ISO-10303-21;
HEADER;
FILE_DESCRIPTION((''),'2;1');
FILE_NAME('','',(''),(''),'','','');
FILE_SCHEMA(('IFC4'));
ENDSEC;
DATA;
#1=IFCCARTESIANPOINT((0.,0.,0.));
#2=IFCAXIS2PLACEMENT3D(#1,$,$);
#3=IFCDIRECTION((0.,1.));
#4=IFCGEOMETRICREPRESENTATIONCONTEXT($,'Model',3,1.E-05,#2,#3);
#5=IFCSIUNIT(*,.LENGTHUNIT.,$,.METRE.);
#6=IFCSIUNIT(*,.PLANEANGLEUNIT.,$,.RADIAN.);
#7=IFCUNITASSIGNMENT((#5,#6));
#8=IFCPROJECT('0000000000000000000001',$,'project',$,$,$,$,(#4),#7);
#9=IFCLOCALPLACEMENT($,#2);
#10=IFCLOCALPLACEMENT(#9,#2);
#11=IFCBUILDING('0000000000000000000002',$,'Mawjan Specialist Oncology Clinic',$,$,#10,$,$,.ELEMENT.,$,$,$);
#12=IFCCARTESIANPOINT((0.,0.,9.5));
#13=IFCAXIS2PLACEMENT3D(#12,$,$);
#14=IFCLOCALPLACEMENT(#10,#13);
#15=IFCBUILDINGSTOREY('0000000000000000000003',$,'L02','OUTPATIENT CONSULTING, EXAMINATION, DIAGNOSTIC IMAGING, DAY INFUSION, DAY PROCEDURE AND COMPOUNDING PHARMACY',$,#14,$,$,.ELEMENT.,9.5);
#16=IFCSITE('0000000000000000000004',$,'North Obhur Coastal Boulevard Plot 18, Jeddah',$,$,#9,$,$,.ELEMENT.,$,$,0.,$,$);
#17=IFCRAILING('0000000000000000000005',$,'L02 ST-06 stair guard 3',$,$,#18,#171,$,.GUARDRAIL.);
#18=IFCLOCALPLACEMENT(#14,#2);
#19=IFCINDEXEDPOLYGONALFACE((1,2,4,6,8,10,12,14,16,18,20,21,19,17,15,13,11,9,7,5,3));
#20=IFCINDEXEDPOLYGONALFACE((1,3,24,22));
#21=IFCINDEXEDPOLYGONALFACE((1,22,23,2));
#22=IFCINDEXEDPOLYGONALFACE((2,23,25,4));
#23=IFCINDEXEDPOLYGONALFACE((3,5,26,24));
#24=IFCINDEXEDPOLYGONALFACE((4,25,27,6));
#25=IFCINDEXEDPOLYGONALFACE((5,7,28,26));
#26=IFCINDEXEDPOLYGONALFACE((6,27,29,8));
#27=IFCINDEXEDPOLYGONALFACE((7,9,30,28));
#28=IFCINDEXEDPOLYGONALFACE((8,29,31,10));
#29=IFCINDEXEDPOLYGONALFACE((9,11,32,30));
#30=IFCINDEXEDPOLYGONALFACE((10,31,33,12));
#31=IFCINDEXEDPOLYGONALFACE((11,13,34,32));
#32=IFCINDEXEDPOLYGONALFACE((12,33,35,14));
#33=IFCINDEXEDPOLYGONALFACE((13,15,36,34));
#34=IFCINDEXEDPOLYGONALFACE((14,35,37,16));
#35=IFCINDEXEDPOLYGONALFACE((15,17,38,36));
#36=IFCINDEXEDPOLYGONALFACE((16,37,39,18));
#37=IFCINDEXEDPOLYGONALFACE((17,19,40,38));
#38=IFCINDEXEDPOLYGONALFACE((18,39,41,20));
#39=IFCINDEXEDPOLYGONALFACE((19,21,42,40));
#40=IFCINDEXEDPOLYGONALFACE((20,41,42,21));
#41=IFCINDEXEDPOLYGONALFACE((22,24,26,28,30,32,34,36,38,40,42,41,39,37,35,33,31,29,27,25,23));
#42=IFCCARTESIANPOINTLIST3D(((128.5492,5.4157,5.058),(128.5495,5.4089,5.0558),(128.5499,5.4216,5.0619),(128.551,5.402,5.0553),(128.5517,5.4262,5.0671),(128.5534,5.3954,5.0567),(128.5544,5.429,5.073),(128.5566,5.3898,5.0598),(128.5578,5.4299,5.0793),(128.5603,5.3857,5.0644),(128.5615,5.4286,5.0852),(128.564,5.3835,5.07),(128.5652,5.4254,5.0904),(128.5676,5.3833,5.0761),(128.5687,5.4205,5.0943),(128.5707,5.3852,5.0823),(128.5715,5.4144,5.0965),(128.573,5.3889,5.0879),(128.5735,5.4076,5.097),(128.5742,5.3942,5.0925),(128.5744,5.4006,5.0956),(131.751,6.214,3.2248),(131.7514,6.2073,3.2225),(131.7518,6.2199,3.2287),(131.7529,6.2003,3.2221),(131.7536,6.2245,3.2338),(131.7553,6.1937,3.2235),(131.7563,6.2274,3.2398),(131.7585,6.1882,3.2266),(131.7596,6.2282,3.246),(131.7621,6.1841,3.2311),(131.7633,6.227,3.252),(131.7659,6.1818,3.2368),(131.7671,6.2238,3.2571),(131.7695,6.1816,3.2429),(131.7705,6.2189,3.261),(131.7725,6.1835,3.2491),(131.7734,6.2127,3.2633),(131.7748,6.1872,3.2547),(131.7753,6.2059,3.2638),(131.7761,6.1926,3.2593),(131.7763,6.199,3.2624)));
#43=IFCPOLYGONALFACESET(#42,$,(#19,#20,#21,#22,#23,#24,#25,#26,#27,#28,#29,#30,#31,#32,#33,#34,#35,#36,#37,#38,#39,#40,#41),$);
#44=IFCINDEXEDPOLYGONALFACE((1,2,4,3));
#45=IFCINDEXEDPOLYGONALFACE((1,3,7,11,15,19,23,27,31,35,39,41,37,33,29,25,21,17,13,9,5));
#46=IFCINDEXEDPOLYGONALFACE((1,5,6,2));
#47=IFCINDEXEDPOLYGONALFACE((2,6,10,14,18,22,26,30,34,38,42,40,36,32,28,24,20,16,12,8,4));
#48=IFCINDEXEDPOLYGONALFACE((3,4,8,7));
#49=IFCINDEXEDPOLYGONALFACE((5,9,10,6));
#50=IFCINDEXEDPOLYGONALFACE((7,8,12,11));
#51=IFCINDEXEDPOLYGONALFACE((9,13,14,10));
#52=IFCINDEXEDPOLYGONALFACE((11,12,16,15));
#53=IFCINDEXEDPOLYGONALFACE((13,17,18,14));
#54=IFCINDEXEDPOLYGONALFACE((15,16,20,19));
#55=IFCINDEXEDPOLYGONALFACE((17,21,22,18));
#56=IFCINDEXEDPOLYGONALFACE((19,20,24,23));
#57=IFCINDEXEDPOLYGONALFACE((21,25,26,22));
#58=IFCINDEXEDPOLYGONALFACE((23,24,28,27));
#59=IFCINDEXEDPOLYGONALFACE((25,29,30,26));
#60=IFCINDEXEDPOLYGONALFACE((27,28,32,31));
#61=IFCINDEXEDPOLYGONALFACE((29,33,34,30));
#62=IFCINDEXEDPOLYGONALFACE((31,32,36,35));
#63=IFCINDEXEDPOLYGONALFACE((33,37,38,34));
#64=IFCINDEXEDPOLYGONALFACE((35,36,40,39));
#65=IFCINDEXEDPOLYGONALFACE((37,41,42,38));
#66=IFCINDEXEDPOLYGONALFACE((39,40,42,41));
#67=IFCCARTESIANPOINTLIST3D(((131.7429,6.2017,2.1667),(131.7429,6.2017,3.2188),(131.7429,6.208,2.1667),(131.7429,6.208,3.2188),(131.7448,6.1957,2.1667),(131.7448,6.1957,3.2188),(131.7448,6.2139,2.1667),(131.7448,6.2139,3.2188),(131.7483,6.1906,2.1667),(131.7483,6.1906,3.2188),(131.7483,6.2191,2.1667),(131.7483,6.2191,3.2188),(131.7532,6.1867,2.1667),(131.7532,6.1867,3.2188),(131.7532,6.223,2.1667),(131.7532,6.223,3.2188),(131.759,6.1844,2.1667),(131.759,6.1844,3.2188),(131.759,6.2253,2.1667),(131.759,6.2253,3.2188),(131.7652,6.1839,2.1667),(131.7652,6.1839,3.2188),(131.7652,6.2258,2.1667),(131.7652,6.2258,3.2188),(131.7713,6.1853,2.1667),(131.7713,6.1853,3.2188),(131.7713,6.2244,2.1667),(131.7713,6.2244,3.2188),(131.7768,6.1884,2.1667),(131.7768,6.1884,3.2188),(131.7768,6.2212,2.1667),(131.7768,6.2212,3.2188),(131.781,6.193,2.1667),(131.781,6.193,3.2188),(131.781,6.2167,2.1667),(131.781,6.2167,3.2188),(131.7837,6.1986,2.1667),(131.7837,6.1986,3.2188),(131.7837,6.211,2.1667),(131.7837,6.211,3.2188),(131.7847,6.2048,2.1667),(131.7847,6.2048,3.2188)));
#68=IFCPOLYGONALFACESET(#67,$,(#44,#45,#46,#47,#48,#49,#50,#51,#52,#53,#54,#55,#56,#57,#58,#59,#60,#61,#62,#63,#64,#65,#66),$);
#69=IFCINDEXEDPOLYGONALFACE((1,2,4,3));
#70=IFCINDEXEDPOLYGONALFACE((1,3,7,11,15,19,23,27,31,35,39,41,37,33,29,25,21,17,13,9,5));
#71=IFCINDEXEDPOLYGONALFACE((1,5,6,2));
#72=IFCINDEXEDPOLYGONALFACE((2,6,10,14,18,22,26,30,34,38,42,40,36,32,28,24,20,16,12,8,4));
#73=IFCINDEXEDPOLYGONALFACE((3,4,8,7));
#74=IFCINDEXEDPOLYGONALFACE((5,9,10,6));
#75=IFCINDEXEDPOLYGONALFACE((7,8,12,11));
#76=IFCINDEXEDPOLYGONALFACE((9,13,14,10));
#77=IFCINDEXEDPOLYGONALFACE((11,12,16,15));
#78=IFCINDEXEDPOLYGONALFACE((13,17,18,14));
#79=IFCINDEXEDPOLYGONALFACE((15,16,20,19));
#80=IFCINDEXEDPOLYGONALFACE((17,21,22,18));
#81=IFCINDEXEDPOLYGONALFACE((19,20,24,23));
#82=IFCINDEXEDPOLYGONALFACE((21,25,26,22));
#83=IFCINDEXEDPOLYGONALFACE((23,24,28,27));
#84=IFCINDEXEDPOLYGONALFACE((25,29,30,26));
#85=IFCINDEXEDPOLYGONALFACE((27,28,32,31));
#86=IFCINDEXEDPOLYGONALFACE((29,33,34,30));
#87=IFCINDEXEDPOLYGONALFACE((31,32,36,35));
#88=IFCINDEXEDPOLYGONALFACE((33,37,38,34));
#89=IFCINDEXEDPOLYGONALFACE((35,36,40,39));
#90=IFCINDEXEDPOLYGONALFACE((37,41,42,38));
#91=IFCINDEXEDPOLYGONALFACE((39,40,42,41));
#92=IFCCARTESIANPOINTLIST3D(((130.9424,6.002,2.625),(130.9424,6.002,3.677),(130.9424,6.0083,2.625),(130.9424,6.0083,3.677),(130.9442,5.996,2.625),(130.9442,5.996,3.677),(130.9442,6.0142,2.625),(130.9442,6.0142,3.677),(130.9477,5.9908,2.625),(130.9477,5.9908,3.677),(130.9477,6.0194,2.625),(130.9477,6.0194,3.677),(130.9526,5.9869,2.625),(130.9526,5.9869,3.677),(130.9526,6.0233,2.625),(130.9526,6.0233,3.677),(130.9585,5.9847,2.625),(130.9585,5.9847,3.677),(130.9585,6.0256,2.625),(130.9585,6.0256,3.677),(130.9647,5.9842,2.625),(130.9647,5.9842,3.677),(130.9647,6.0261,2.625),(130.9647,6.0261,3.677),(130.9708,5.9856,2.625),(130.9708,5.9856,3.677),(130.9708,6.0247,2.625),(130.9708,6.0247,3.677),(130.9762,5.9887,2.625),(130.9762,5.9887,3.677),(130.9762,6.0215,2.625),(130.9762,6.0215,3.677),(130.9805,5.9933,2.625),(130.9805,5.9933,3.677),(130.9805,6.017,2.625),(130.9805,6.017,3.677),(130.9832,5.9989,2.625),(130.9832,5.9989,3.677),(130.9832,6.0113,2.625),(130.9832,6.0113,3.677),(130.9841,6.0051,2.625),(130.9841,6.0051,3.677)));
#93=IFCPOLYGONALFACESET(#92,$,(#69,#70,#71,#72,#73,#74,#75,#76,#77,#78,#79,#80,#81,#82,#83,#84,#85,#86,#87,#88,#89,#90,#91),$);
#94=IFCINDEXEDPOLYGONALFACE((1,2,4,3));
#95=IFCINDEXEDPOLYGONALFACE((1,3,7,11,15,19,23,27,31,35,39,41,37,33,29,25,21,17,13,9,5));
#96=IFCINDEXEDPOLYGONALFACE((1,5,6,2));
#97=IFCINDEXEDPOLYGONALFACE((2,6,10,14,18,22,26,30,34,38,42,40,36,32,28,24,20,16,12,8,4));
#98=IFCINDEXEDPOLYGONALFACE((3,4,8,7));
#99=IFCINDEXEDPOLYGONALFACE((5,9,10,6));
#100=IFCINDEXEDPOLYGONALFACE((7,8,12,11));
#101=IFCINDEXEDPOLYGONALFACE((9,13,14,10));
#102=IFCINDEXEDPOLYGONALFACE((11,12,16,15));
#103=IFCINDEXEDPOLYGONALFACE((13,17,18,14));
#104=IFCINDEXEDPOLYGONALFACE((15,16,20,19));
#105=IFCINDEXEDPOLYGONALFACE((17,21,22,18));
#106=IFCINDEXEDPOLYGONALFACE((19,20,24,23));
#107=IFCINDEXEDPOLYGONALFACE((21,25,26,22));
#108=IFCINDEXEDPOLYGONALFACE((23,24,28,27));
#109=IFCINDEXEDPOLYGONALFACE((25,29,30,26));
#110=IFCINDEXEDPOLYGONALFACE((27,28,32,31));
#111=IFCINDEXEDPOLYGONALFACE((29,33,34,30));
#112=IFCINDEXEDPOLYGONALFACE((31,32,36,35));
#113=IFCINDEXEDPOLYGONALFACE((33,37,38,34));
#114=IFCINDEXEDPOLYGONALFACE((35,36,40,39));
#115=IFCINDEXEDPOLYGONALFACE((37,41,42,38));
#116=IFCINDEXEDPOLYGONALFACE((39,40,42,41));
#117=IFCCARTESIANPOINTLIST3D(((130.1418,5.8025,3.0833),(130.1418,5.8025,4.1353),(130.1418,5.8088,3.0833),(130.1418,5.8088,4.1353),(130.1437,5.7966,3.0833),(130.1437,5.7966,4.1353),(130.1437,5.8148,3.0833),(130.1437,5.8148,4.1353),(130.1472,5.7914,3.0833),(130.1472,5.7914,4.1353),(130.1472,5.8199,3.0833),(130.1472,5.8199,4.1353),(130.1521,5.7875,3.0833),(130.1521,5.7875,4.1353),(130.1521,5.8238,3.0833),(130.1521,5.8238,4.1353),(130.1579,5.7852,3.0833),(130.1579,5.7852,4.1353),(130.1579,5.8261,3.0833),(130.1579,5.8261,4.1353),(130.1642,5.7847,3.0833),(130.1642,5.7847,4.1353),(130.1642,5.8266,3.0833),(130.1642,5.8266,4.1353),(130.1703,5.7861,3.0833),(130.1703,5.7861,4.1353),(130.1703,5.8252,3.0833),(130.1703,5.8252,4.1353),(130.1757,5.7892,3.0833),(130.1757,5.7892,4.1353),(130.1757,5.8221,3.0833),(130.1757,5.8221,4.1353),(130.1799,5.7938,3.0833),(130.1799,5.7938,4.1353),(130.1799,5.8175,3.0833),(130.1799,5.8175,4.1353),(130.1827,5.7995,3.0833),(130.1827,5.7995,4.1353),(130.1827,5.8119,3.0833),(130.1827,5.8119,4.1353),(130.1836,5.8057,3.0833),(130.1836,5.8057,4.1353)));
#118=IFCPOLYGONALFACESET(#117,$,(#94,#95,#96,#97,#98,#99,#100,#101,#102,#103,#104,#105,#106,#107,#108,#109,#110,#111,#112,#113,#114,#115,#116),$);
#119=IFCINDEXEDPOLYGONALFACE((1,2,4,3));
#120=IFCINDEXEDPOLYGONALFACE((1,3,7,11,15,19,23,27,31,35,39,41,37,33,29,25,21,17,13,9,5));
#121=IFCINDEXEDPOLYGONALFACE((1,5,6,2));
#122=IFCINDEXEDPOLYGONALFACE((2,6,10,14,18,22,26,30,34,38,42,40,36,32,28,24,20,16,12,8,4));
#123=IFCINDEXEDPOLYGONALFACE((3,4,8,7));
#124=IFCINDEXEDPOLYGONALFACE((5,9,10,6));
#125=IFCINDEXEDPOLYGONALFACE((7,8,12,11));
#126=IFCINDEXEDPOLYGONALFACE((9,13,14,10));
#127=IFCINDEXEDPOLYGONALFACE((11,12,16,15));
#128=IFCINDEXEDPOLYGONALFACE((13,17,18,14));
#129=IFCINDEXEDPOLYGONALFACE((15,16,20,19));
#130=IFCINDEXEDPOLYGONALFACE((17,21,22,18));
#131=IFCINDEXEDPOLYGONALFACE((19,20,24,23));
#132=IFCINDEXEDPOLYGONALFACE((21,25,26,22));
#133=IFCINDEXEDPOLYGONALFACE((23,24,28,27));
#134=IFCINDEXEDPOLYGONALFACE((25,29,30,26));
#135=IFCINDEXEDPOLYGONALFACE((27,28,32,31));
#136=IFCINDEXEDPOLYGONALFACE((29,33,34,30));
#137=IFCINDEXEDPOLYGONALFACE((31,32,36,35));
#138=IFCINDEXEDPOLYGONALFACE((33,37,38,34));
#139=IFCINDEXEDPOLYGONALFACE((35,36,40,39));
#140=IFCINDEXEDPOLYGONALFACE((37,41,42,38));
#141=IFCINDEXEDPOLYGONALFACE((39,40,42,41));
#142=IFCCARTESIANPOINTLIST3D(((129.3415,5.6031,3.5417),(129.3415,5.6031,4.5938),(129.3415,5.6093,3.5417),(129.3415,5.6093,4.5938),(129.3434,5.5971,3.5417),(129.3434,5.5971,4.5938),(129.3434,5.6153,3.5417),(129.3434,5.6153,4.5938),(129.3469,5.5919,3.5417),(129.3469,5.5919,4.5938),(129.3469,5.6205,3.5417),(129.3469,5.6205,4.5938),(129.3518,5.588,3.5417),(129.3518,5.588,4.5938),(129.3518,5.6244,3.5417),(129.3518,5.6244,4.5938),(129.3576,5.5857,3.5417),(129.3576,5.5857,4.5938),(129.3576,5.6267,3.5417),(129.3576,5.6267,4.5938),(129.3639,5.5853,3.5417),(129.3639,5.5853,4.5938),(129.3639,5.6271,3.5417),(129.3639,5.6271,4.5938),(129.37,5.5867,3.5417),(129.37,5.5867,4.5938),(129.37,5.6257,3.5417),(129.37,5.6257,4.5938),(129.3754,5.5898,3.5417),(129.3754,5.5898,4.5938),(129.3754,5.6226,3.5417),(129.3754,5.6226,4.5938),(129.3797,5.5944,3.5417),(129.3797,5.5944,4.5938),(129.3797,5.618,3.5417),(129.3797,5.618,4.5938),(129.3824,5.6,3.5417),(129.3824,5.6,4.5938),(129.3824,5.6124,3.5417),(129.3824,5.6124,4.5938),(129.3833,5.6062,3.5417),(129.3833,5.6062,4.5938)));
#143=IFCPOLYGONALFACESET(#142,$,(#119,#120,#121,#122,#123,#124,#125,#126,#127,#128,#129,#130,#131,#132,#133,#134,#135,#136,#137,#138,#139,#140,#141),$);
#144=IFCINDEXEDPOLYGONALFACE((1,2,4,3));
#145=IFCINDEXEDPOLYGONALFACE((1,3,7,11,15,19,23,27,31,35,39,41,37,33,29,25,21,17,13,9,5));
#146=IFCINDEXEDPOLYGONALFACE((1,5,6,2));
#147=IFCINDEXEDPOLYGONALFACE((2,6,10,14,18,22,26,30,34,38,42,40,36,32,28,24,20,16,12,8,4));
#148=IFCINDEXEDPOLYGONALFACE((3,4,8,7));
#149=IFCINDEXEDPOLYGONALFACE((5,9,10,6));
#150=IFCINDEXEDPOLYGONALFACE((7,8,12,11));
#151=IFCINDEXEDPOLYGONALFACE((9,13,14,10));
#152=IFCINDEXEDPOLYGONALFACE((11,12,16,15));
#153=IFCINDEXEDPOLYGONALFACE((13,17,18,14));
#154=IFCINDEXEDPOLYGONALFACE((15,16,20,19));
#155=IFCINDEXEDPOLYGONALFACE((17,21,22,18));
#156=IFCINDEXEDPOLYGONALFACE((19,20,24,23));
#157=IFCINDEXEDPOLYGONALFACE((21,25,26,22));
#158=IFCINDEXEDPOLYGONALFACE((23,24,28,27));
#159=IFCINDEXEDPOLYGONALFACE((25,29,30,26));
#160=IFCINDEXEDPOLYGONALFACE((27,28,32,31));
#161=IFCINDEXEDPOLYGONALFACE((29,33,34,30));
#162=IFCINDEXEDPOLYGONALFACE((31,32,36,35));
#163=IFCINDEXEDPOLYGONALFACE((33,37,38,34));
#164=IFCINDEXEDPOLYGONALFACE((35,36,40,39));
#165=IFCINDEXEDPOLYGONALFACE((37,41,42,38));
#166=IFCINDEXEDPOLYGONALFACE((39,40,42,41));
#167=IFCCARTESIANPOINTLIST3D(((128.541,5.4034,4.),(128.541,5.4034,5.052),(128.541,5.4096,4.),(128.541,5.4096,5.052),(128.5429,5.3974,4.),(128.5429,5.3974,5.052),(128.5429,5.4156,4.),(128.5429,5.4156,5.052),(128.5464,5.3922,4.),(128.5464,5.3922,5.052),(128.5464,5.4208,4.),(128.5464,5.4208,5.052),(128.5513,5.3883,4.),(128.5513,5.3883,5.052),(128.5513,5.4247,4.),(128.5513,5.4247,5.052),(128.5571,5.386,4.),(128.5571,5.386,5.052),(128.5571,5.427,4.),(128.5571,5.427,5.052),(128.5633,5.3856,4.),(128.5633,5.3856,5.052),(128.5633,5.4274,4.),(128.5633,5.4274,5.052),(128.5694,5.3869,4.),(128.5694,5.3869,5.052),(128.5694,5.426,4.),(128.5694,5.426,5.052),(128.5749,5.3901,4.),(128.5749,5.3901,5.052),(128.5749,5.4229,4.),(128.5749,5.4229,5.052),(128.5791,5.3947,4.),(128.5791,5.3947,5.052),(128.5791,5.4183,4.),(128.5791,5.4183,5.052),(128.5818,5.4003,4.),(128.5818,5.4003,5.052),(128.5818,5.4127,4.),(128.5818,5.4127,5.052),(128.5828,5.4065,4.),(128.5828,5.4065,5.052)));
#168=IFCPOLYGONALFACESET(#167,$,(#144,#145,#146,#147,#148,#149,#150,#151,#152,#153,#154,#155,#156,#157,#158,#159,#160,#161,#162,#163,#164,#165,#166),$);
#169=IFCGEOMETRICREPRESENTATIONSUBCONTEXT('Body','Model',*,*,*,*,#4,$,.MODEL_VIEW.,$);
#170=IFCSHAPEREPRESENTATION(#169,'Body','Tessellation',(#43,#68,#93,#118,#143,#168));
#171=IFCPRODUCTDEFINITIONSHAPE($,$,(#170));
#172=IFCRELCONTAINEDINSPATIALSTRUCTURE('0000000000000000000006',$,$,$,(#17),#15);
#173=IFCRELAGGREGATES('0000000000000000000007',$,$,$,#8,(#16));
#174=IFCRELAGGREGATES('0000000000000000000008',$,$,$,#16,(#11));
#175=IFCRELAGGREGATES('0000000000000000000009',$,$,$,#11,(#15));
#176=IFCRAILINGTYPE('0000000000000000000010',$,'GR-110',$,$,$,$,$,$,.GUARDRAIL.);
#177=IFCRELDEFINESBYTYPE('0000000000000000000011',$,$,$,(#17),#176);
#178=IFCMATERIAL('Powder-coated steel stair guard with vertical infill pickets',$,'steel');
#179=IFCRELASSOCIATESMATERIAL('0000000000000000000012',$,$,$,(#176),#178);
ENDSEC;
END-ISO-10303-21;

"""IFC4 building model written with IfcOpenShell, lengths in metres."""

from ifc_helpers import new_model, si_unit, direction, frame, origin, origin_2d, place, context, subcontext, project, spatial, circle, extrude, material, type_object, element, save


model = new_model("IFC4")

# Units and contexts
model_context = context("Model", 3, precision=1e-05, world=origin(), true_north=direction((0.0, 1.0)))
body_context = subcontext(model_context, "Body", "Model", "MODEL_VIEW")
ifc_project = project(units=[si_unit("LENGTHUNIT", "METRE"), si_unit("PLANEANGLEUNIT", "RADIAN")], contexts=[model_context])

# Site, building, storey
site_placement = place(None, origin())
site = spatial("IfcSite", under=ifc_project, at=site_placement, Name="North Obhur Coastal Boulevard Plot 18, Jeddah", CompositionType="ELEMENT", RefElevation=0.0)
building_placement = place(site_placement, origin())
building = spatial("IfcBuilding", under=site, at=building_placement, Name="Mawjan Specialist Oncology Clinic", CompositionType="ELEMENT")
storey_placement = place(building_placement, frame((0.0, 0.0, 9.5)))
storey = spatial("IfcBuildingStorey", under=building, at=storey_placement, Name="L02", Description="OUTPATIENT CONSULTING, EXAMINATION, DIAGNOSTIC IMAGING, DAY INFUSION, DAY PROCEDURE AND COMPOUNDING PHARMACY", CompositionType="ELEMENT", Elevation=9.5)

# Railing
ifc_material_1 = material(Name="Powder-coated steel stair guard with vertical infill pickets", Category="steel")
railing_type_1 = type_object("IfcRailingType", Name="GR-110", PredefinedType="GUARDRAIL", material=ifc_material_1)
railing_1_placement = place(storey_placement, frame((131.7637, 6.2048, 2.1667)))
element("IfcRailing", 1, at=railing_1_placement, inside=storey, type_object=railing_type_1, Name="L02 ST-06 stair guard 3", PredefinedType="GUARDRAIL", context=body_context, shape_type="SweptSolid", body=[
    extrude(circle(Radius=0.0239, at=origin_2d()), frame((0.0, 0.0, 1.0762), z_axis=(-0.848195, -0.211483, 0.485634), x_axis=(0.241926, -0.970295, 0.0)), (0.0, 0.0, 1.0), 3.7749),
    extrude(circle(Radius=0.021, at=origin_2d()), origin(), (0.0, 0.0, 1.0), 1.052),
    extrude(circle(Radius=0.021, at=origin_2d()), frame((-0.8005, -0.1997, 0.4583)), (0.0, 0.0, 1.0), 1.052),
    extrude(circle(Radius=0.021, at=origin_2d()), frame((-1.6011, -0.3992, 0.9165)), (0.0, 0.0, 1.0), 1.052),
    extrude(circle(Radius=0.021, at=origin_2d()), frame((-2.4014, -0.5986, 1.375)), (0.0, 0.0, 1.0), 1.052),
    extrude(circle(Radius=0.021, at=origin_2d()), frame((-3.2019, -0.7983, 1.8333)), (0.0, 0.0, 1.0), 1.052),
])

save(model, "model.ifc")
